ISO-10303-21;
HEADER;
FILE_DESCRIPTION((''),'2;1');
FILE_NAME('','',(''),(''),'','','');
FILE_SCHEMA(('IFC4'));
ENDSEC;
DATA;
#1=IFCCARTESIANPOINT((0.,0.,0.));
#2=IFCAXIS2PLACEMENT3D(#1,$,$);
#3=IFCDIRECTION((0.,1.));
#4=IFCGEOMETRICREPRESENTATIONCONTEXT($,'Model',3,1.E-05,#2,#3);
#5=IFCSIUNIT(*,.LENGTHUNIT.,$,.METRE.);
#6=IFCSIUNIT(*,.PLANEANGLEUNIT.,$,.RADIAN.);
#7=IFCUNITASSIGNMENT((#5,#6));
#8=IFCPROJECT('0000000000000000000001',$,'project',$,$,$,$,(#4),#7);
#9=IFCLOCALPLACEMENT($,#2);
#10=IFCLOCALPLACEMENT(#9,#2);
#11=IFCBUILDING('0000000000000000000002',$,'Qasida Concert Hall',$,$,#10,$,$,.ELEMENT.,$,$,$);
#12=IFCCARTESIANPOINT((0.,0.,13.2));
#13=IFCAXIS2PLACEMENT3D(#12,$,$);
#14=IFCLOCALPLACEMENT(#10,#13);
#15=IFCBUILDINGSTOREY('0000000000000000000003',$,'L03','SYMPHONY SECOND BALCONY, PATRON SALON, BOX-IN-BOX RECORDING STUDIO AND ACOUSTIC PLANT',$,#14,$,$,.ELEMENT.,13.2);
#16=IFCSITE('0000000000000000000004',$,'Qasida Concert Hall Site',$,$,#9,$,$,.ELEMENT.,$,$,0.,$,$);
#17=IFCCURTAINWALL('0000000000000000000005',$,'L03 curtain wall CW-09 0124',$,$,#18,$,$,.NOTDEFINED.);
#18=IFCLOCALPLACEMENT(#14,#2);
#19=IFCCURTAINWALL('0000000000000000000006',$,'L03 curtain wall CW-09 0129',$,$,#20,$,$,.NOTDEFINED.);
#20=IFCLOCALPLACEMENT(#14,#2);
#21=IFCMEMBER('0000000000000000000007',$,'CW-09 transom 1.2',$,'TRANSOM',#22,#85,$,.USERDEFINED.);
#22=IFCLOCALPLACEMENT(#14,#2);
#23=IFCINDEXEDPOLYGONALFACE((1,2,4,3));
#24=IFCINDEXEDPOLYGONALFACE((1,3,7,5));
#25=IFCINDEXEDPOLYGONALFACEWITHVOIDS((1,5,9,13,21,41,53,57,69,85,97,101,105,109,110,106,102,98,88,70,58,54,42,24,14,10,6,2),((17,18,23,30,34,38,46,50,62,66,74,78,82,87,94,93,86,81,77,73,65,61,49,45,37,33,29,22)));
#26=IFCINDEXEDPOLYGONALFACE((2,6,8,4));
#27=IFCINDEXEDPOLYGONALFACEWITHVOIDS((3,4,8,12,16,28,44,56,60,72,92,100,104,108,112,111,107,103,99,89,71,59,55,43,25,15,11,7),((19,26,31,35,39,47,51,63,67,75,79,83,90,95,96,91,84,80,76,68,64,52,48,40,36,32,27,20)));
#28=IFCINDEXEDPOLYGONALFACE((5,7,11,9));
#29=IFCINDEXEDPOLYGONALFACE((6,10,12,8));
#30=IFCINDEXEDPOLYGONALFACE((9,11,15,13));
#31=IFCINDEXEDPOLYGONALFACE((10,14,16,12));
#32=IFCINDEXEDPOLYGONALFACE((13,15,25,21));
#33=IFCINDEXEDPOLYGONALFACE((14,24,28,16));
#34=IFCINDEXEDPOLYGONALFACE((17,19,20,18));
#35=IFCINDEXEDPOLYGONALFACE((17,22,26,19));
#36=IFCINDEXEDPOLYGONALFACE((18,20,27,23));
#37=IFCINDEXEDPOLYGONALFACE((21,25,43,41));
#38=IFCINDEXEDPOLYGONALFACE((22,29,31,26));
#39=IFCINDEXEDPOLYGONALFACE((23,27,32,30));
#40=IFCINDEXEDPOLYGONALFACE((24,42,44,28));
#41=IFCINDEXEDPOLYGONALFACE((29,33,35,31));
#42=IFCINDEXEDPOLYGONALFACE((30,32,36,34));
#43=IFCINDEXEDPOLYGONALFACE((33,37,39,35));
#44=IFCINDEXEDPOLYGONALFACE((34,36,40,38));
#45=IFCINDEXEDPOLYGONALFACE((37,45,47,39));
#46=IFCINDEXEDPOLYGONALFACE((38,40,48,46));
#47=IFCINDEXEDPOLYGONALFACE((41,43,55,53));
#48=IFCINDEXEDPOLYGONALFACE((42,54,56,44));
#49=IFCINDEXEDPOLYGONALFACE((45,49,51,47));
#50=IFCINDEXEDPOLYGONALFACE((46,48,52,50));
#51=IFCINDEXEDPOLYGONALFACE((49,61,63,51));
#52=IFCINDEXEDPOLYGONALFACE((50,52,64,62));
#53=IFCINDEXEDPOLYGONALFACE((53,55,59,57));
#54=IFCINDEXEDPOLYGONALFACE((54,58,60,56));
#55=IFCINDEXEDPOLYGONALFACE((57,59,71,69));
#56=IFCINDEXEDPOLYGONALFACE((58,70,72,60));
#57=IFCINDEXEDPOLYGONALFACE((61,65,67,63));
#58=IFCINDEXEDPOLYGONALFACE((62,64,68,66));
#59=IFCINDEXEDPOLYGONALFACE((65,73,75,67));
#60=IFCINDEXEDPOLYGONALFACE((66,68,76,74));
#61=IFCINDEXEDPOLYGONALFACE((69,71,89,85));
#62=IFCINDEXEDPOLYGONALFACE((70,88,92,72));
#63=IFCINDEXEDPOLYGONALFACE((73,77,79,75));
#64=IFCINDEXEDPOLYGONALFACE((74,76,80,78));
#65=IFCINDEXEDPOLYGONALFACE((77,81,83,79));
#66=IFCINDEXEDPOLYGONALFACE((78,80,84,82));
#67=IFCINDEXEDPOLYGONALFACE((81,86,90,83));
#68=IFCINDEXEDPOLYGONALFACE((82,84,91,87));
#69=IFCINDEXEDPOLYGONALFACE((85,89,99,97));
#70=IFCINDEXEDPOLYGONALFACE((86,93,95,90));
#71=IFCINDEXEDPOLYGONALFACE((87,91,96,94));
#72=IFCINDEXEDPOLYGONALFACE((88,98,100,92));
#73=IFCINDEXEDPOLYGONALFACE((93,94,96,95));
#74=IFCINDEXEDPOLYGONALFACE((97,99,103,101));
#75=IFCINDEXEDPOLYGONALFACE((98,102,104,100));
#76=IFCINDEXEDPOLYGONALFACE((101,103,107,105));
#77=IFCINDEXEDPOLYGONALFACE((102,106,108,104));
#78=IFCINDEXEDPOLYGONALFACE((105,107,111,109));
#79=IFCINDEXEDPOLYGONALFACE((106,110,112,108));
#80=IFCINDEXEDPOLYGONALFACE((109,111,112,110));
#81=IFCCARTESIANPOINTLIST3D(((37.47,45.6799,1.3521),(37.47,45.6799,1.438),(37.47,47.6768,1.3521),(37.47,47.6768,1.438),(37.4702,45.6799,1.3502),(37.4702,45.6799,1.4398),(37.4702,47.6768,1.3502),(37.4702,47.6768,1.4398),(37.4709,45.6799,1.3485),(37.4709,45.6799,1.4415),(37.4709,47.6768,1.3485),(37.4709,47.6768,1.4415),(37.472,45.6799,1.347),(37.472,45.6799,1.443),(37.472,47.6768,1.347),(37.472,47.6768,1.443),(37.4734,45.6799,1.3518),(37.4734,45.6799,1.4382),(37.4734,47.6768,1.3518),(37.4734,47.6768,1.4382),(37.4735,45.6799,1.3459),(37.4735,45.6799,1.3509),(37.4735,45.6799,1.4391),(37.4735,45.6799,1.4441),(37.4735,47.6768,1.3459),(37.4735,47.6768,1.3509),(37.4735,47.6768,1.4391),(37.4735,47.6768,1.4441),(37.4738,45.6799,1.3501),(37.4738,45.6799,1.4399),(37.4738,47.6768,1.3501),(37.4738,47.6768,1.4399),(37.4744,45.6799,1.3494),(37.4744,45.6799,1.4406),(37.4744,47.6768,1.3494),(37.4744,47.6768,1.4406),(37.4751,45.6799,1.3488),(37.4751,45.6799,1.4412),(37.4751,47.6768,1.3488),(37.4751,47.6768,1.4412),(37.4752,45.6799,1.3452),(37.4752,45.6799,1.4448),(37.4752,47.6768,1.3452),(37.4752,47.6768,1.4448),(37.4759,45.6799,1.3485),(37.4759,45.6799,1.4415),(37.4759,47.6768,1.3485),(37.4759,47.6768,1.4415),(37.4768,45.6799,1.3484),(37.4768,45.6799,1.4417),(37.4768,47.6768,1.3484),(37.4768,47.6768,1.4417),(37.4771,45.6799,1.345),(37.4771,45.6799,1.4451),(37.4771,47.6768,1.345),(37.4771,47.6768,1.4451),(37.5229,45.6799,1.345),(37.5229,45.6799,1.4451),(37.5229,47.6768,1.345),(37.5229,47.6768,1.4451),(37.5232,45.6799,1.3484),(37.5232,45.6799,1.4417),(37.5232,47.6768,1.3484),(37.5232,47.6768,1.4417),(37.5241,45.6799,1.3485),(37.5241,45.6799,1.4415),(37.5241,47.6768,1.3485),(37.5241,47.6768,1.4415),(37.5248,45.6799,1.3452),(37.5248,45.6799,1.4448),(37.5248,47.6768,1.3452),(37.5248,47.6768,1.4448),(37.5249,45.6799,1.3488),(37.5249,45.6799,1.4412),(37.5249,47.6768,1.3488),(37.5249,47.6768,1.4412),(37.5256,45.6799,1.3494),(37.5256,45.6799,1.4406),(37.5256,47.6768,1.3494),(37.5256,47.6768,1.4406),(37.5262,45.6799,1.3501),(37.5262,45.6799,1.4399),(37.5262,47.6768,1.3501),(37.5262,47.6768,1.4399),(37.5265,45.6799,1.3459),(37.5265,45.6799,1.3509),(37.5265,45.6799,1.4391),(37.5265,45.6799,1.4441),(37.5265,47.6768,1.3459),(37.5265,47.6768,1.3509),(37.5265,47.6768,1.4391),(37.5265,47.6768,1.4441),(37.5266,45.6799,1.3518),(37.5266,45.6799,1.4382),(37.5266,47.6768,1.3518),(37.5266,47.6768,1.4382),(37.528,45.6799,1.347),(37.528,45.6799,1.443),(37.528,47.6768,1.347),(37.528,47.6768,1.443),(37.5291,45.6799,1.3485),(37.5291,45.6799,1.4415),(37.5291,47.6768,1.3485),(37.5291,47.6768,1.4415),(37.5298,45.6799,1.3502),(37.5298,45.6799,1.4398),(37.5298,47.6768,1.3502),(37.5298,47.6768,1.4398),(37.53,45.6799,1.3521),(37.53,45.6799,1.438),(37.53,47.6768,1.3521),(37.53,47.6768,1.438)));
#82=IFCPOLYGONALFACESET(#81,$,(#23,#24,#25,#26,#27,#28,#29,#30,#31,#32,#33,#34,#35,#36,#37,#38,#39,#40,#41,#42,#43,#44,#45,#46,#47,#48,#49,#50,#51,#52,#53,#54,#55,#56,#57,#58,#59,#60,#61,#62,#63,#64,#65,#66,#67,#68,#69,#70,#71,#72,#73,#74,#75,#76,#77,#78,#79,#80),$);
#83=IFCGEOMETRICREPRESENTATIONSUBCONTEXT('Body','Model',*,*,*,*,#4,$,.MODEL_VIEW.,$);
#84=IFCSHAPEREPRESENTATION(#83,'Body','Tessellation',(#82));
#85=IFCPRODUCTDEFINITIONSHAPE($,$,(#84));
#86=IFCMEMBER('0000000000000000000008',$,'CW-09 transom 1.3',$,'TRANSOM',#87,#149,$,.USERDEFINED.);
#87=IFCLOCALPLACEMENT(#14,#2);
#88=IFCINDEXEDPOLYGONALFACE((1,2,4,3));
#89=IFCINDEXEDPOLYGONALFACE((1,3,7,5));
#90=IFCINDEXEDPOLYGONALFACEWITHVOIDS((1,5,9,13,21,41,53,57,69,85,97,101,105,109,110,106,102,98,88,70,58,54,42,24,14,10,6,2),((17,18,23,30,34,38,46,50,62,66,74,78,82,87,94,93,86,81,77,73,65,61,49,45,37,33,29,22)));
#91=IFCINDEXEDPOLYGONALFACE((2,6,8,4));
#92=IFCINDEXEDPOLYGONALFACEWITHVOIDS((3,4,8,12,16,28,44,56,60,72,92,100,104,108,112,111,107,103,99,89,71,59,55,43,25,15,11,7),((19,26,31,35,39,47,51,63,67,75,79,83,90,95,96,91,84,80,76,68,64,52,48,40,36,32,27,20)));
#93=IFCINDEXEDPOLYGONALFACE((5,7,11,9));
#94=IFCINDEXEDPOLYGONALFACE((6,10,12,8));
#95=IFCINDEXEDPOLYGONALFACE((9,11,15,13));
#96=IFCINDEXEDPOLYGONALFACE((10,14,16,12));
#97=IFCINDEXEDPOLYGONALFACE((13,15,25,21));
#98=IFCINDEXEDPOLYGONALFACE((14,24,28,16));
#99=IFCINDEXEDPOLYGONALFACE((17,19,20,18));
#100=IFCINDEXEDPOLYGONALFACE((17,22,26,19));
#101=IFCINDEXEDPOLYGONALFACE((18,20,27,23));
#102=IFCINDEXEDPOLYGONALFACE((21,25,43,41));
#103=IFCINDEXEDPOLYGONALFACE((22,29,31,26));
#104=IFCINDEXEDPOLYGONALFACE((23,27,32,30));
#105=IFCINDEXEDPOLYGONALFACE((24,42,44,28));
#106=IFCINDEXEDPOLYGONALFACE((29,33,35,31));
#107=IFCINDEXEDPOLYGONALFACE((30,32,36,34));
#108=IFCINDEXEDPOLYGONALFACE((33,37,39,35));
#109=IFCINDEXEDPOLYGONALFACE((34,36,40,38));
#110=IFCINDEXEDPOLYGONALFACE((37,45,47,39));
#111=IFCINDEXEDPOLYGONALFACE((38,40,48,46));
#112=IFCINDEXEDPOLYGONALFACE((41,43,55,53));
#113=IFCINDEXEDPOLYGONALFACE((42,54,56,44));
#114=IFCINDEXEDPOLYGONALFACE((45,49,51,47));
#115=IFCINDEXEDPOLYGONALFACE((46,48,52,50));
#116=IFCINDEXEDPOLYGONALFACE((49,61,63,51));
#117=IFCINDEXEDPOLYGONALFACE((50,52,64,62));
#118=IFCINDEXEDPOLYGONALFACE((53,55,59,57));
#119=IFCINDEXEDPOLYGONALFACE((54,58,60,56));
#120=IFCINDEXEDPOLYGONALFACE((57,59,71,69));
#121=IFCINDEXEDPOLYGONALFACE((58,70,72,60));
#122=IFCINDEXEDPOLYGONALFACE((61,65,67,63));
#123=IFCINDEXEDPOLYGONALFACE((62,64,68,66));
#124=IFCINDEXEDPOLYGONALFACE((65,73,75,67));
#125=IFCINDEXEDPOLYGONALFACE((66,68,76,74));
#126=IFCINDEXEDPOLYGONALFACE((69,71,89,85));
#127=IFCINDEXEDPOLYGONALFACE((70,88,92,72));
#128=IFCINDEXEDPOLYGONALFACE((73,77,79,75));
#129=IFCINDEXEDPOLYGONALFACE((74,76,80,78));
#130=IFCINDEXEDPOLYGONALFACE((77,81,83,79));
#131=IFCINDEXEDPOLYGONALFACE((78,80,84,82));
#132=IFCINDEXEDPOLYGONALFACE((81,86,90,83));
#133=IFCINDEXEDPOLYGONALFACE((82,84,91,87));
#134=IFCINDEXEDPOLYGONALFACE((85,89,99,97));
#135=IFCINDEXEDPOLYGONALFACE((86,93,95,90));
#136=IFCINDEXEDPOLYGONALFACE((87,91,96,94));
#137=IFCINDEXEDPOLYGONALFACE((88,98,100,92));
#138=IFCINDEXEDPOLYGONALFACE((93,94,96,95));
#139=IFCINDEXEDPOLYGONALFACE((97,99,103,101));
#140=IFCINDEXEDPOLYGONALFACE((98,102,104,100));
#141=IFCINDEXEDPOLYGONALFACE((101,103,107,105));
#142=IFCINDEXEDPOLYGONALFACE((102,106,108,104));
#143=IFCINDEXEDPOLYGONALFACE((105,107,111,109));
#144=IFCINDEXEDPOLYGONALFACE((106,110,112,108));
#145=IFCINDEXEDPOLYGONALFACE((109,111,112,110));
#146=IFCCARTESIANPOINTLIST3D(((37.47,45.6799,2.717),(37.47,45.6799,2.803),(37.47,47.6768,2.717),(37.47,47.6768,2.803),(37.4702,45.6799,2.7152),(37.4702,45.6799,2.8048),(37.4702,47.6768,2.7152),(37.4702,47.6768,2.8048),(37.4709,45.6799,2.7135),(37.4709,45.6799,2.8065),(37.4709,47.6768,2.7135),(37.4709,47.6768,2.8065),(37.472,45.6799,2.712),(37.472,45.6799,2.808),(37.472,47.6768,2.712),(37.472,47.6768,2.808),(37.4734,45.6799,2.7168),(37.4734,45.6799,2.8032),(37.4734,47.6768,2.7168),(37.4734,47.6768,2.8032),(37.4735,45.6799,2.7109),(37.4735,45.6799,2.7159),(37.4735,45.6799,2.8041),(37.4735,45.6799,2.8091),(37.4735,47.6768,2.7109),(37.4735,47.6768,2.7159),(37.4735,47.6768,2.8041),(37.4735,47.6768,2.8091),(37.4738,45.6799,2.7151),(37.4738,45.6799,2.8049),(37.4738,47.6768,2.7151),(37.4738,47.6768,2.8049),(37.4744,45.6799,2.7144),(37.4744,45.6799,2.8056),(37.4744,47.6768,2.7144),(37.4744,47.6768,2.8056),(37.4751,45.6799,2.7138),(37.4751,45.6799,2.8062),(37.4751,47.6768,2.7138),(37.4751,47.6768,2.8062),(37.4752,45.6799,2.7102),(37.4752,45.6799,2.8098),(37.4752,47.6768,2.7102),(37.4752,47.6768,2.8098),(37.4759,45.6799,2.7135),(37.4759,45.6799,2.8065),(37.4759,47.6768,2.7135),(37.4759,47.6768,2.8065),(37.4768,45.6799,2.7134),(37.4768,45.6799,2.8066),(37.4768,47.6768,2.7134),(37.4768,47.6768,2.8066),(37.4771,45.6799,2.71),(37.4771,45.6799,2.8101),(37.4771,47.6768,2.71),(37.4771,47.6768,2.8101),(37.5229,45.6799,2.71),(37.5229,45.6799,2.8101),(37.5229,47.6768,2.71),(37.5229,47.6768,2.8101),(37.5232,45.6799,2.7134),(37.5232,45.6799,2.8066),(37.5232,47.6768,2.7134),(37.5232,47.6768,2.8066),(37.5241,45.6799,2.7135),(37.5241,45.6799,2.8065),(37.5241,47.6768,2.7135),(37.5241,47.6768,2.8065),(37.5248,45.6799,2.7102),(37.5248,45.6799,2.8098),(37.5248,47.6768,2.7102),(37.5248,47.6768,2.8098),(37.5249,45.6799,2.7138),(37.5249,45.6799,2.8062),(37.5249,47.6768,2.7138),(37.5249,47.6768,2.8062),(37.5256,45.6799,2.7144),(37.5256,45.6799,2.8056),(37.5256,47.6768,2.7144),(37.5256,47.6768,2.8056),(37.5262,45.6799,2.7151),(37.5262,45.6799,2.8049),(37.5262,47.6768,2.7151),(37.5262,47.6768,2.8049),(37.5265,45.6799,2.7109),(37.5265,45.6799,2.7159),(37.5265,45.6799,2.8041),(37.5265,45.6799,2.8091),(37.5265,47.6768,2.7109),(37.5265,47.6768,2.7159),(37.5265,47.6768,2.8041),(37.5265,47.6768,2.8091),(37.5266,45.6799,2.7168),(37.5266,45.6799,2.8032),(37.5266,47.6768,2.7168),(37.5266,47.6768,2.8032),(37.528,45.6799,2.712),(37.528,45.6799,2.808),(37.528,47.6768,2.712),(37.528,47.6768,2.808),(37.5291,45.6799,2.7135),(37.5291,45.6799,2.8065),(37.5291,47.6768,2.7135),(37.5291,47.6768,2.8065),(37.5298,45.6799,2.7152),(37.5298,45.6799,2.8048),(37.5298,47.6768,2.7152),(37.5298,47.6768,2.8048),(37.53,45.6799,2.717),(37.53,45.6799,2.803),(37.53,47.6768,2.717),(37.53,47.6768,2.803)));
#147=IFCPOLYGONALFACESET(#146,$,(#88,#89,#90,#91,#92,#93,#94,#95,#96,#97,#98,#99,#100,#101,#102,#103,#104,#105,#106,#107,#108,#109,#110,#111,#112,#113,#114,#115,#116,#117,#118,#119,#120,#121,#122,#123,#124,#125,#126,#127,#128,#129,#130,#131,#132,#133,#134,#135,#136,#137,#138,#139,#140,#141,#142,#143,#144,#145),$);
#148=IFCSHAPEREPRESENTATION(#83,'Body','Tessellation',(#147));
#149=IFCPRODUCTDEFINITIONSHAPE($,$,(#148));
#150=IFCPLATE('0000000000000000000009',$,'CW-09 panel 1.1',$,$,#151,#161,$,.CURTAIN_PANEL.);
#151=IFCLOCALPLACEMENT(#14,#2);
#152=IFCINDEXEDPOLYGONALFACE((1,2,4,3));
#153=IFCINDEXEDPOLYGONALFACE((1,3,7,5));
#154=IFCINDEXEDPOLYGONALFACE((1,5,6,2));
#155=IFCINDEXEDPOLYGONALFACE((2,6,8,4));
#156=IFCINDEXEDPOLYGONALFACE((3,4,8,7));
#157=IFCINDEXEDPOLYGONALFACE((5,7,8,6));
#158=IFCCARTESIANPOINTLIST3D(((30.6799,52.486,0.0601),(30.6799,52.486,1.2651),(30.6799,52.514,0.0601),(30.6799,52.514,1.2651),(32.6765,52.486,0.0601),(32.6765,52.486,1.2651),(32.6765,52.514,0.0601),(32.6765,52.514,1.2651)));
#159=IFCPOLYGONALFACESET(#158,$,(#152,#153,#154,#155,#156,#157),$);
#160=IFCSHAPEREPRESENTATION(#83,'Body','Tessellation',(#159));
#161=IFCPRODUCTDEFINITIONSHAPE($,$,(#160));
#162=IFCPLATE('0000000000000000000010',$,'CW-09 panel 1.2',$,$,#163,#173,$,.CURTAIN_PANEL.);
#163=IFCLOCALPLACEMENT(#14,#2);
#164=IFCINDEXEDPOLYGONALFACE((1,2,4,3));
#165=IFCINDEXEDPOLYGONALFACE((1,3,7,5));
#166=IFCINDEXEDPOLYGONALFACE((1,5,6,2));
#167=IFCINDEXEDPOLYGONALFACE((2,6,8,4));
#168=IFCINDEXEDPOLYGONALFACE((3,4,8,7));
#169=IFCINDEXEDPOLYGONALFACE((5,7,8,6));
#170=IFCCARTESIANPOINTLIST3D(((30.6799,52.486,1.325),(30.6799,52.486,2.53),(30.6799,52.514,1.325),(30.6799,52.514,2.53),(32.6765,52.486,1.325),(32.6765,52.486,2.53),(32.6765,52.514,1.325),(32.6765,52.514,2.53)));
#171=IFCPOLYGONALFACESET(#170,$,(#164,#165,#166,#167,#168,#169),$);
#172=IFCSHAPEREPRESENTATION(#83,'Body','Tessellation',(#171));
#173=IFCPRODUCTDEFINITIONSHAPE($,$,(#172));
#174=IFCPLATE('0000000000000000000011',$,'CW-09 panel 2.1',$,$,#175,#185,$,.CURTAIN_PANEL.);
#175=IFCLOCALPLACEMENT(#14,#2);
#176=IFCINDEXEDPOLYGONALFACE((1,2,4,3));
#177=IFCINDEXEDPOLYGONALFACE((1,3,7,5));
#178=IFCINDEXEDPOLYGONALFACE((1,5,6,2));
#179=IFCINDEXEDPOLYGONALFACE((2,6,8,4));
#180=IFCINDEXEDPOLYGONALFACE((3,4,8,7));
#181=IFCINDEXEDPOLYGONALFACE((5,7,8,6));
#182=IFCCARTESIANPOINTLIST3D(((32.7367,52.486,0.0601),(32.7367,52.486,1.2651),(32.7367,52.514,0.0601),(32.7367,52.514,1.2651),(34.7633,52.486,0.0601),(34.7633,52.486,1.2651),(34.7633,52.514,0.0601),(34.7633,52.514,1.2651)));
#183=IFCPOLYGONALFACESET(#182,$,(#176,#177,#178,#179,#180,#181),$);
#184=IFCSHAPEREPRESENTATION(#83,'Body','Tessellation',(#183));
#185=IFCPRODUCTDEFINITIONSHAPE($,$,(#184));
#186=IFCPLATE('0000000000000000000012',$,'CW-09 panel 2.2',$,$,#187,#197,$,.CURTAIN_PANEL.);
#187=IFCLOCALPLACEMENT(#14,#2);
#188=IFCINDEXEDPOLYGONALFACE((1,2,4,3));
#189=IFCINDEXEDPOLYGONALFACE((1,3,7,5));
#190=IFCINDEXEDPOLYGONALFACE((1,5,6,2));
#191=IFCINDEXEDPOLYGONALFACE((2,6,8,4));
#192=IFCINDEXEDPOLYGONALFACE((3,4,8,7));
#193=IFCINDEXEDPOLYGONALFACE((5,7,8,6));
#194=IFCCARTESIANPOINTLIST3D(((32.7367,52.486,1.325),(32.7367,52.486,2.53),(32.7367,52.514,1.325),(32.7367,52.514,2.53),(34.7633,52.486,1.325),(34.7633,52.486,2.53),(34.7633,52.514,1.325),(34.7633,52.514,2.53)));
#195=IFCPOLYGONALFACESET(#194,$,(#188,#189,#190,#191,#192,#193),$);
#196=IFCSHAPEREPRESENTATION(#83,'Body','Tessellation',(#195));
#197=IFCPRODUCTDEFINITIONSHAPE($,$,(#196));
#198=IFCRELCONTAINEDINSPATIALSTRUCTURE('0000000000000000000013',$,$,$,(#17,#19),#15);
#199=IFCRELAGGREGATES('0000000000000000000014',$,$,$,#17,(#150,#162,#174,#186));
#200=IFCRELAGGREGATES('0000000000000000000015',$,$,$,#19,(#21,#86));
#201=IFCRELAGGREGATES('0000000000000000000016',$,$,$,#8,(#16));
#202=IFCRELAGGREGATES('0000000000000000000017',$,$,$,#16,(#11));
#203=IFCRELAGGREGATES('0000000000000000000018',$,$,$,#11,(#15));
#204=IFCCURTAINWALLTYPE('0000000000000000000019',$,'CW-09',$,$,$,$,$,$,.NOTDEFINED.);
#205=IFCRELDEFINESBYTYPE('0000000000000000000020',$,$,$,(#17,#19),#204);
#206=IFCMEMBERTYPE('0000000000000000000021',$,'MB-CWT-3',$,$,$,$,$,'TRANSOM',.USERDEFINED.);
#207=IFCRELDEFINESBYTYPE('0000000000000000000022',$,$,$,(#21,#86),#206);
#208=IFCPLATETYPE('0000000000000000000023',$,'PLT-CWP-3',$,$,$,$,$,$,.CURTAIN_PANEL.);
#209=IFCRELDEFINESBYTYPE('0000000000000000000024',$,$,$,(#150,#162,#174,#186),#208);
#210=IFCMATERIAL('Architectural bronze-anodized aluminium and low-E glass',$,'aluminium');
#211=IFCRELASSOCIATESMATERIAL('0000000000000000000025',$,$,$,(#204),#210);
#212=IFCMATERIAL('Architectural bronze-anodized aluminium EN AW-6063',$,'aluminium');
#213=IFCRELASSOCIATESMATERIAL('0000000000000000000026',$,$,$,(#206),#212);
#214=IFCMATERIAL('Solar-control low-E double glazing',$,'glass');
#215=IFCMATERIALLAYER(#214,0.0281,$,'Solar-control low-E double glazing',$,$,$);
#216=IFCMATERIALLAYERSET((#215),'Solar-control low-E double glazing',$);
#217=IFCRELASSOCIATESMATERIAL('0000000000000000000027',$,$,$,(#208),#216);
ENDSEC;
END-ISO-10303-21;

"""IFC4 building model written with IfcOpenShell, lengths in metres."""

from ifc_helpers import new_model, si_unit, direction, frame, origin, origin_2d, place, context, subcontext, project, spatial, rectangle, hollow_rectangle, extrude, material, layer, layer_set, material_profile, profile_set, type_object, element, aggregate, save


model = new_model("IFC4")

# Units and contexts
model_context = context("Model", 3, precision=1e-05, world=origin(), true_north=direction((0.0, 1.0)))
body_context = subcontext(model_context, "Body", "Model", "MODEL_VIEW")
ifc_project = project(units=[si_unit("LENGTHUNIT", "METRE"), si_unit("PLANEANGLEUNIT", "RADIAN")], contexts=[model_context])

# Site, building, storey
site_placement = place(None, origin())
site = spatial("IfcSite", under=ifc_project, at=site_placement, Name="Qasida Concert Hall Site", CompositionType="ELEMENT", RefElevation=0.0)
building_placement = place(site_placement, origin())
building = spatial("IfcBuilding", under=site, at=building_placement, Name="Qasida Concert Hall", CompositionType="ELEMENT")
storey_placement = place(building_placement, frame((0.0, 0.0, 13.2)))
storey = spatial("IfcBuildingStorey", under=building, at=storey_placement, Name="L03", Description="SYMPHONY SECOND BALCONY, PATRON SALON, BOX-IN-BOX RECORDING STUDIO AND ACOUSTIC PLANT", CompositionType="ELEMENT", Elevation=13.2)

# Curtain wall
ifc_material_1 = material(Name="Architectural bronze-anodized aluminium and low-E glass", Category="aluminium")
curtain_wall_type = type_object("IfcCurtainWallType", Name="CW-09", PredefinedType="NOTDEFINED", material=ifc_material_1)
curtain_wall_1_placement = place(storey_placement, origin())
curtain_wall_1 = element("IfcCurtainWall", 1, at=curtain_wall_1_placement, inside=storey, type_object=curtain_wall_type, Name="L03 curtain wall CW-09 0124", PredefinedType="NOTDEFINED")
ifc_material_2 = material(Name="Architectural bronze-anodized aluminium EN AW-6063", Category="aluminium")

# Curtain wall
curtain_wall_2_placement = place(storey_placement, origin())
curtain_wall_2 = element("IfcCurtainWall", 2, at=curtain_wall_2_placement, inside=storey, type_object=curtain_wall_type, Name="L03 curtain wall CW-09 0129", PredefinedType="NOTDEFINED")

# Members
ifc_material_profile_1 = material_profile(ifc_material_2, hollow_rectangle(XDim=0.0601, YDim=0.1001, WallThickness=0.0034, InnerFilletRadius=0.0034, OuterFilletRadius=0.0071, at=origin_2d()), Name="CWT 100x60x3.5")
ifc_profile_set_1 = profile_set([ifc_material_profile_1], Name="Architectural bronze-anodized aluminium EN AW-6063")
member_type_1 = type_object("IfcMemberType", Name="MB-CWT-3", ElementType="TRANSOM", PredefinedType="USERDEFINED", material=ifc_profile_set_1)
member_1_placement = place(storey_placement, frame((37.5, 45.6799, 1.395), z_axis=(0.0, 1.0, 0.0), x_axis=(-1.0, 0.0, 0.0)))
member_1 = element("IfcMember", 3, at=member_1_placement, type_object=member_type_1, Name="CW-09 transom 1.2", ObjectType="TRANSOM", PredefinedType="USERDEFINED", context=body_context, shape_type="SweptSolid", body=[
    extrude(hollow_rectangle(XDim=0.0601, YDim=0.1001, WallThickness=0.0034, InnerFilletRadius=0.0034, OuterFilletRadius=0.0071, at=origin_2d()), origin(), (0.0, 0.0, 1.0), 1.9968),
])
member_2_placement = place(storey_placement, frame((37.5, 45.6799, 2.76), z_axis=(0.0, 1.0, 0.0), x_axis=(-1.0, 0.0, 0.0)))
member_2 = element("IfcMember", 4, at=member_2_placement, type_object=member_type_1, Name="CW-09 transom 1.3", ObjectType="TRANSOM", PredefinedType="USERDEFINED", context=body_context, shape_type="SweptSolid", body=[
    extrude(hollow_rectangle(XDim=0.0601, YDim=0.1001, WallThickness=0.0034, InnerFilletRadius=0.0034, OuterFilletRadius=0.0071, at=origin_2d()), origin(), (0.0, 0.0, 1.0), 1.9968),
])

# Plates
ifc_material_3 = material(Name="Solar-control low-E double glazing", Category="glass")
ifc_layer = layer(ifc_material_3, 0.0281, Name="Solar-control low-E double glazing")
ifc_layer_set = layer_set([ifc_layer], Name="Solar-control low-E double glazing")
plate_type = type_object("IfcPlateType", Name="PLT-CWP-3", PredefinedType="CURTAIN_PANEL", material=ifc_layer_set)
plate_1_placement = place(storey_placement, frame((31.6782, 52.5, 0.0601), z_axis=(0.0, 0.0, 1.0), x_axis=(1.0, 0.0, 0.0)))
plate_1 = element("IfcPlate", 5, at=plate_1_placement, type_object=plate_type, Name="CW-09 panel 1.1", PredefinedType="CURTAIN_PANEL", context=body_context, shape_type="SweptSolid", body=[
    extrude(rectangle(XDim=1.9966, YDim=0.0281, at=origin_2d()), origin(), (0.0, 0.0, 1.0), 1.2051),
])
plate_2_placement = place(storey_placement, frame((31.6782, 52.5, 1.325), z_axis=(0.0, 0.0, 1.0), x_axis=(1.0, 0.0, 0.0)))
plate_2 = element("IfcPlate", 6, at=plate_2_placement, type_object=plate_type, Name="CW-09 panel 1.2", PredefinedType="CURTAIN_PANEL", context=body_context, shape_type="SweptSolid", body=[
    extrude(rectangle(XDim=1.9966, YDim=0.0281, at=origin_2d()), origin(), (0.0, 0.0, 1.0), 1.2051),
])
plate_3_placement = place(storey_placement, frame((33.75, 52.5, 0.0601), z_axis=(0.0, 0.0, 1.0), x_axis=(1.0, 0.0, 0.0)))
plate_3 = element("IfcPlate", 7, at=plate_3_placement, type_object=plate_type, Name="CW-09 panel 2.1", PredefinedType="CURTAIN_PANEL", context=body_context, shape_type="SweptSolid", body=[
    extrude(rectangle(XDim=2.0266, YDim=0.0281, at=origin_2d()), origin(), (0.0, 0.0, 1.0), 1.2051),
])
plate_4_placement = place(storey_placement, frame((33.75, 52.5, 1.325), z_axis=(0.0, 0.0, 1.0), x_axis=(1.0, 0.0, 0.0)))
plate_4 = element("IfcPlate", 8, at=plate_4_placement, type_object=plate_type, Name="CW-09 panel 2.2", PredefinedType="CURTAIN_PANEL", context=body_context, shape_type="SweptSolid", body=[
    extrude(rectangle(XDim=2.0266, YDim=0.0281, at=origin_2d()), origin(), (0.0, 0.0, 1.0), 1.2051),
])
aggregate(curtain_wall_1, [plate_1, plate_2, plate_3, plate_4])
aggregate(curtain_wall_2, [member_1, member_2])

save(model, "model.ifc")
